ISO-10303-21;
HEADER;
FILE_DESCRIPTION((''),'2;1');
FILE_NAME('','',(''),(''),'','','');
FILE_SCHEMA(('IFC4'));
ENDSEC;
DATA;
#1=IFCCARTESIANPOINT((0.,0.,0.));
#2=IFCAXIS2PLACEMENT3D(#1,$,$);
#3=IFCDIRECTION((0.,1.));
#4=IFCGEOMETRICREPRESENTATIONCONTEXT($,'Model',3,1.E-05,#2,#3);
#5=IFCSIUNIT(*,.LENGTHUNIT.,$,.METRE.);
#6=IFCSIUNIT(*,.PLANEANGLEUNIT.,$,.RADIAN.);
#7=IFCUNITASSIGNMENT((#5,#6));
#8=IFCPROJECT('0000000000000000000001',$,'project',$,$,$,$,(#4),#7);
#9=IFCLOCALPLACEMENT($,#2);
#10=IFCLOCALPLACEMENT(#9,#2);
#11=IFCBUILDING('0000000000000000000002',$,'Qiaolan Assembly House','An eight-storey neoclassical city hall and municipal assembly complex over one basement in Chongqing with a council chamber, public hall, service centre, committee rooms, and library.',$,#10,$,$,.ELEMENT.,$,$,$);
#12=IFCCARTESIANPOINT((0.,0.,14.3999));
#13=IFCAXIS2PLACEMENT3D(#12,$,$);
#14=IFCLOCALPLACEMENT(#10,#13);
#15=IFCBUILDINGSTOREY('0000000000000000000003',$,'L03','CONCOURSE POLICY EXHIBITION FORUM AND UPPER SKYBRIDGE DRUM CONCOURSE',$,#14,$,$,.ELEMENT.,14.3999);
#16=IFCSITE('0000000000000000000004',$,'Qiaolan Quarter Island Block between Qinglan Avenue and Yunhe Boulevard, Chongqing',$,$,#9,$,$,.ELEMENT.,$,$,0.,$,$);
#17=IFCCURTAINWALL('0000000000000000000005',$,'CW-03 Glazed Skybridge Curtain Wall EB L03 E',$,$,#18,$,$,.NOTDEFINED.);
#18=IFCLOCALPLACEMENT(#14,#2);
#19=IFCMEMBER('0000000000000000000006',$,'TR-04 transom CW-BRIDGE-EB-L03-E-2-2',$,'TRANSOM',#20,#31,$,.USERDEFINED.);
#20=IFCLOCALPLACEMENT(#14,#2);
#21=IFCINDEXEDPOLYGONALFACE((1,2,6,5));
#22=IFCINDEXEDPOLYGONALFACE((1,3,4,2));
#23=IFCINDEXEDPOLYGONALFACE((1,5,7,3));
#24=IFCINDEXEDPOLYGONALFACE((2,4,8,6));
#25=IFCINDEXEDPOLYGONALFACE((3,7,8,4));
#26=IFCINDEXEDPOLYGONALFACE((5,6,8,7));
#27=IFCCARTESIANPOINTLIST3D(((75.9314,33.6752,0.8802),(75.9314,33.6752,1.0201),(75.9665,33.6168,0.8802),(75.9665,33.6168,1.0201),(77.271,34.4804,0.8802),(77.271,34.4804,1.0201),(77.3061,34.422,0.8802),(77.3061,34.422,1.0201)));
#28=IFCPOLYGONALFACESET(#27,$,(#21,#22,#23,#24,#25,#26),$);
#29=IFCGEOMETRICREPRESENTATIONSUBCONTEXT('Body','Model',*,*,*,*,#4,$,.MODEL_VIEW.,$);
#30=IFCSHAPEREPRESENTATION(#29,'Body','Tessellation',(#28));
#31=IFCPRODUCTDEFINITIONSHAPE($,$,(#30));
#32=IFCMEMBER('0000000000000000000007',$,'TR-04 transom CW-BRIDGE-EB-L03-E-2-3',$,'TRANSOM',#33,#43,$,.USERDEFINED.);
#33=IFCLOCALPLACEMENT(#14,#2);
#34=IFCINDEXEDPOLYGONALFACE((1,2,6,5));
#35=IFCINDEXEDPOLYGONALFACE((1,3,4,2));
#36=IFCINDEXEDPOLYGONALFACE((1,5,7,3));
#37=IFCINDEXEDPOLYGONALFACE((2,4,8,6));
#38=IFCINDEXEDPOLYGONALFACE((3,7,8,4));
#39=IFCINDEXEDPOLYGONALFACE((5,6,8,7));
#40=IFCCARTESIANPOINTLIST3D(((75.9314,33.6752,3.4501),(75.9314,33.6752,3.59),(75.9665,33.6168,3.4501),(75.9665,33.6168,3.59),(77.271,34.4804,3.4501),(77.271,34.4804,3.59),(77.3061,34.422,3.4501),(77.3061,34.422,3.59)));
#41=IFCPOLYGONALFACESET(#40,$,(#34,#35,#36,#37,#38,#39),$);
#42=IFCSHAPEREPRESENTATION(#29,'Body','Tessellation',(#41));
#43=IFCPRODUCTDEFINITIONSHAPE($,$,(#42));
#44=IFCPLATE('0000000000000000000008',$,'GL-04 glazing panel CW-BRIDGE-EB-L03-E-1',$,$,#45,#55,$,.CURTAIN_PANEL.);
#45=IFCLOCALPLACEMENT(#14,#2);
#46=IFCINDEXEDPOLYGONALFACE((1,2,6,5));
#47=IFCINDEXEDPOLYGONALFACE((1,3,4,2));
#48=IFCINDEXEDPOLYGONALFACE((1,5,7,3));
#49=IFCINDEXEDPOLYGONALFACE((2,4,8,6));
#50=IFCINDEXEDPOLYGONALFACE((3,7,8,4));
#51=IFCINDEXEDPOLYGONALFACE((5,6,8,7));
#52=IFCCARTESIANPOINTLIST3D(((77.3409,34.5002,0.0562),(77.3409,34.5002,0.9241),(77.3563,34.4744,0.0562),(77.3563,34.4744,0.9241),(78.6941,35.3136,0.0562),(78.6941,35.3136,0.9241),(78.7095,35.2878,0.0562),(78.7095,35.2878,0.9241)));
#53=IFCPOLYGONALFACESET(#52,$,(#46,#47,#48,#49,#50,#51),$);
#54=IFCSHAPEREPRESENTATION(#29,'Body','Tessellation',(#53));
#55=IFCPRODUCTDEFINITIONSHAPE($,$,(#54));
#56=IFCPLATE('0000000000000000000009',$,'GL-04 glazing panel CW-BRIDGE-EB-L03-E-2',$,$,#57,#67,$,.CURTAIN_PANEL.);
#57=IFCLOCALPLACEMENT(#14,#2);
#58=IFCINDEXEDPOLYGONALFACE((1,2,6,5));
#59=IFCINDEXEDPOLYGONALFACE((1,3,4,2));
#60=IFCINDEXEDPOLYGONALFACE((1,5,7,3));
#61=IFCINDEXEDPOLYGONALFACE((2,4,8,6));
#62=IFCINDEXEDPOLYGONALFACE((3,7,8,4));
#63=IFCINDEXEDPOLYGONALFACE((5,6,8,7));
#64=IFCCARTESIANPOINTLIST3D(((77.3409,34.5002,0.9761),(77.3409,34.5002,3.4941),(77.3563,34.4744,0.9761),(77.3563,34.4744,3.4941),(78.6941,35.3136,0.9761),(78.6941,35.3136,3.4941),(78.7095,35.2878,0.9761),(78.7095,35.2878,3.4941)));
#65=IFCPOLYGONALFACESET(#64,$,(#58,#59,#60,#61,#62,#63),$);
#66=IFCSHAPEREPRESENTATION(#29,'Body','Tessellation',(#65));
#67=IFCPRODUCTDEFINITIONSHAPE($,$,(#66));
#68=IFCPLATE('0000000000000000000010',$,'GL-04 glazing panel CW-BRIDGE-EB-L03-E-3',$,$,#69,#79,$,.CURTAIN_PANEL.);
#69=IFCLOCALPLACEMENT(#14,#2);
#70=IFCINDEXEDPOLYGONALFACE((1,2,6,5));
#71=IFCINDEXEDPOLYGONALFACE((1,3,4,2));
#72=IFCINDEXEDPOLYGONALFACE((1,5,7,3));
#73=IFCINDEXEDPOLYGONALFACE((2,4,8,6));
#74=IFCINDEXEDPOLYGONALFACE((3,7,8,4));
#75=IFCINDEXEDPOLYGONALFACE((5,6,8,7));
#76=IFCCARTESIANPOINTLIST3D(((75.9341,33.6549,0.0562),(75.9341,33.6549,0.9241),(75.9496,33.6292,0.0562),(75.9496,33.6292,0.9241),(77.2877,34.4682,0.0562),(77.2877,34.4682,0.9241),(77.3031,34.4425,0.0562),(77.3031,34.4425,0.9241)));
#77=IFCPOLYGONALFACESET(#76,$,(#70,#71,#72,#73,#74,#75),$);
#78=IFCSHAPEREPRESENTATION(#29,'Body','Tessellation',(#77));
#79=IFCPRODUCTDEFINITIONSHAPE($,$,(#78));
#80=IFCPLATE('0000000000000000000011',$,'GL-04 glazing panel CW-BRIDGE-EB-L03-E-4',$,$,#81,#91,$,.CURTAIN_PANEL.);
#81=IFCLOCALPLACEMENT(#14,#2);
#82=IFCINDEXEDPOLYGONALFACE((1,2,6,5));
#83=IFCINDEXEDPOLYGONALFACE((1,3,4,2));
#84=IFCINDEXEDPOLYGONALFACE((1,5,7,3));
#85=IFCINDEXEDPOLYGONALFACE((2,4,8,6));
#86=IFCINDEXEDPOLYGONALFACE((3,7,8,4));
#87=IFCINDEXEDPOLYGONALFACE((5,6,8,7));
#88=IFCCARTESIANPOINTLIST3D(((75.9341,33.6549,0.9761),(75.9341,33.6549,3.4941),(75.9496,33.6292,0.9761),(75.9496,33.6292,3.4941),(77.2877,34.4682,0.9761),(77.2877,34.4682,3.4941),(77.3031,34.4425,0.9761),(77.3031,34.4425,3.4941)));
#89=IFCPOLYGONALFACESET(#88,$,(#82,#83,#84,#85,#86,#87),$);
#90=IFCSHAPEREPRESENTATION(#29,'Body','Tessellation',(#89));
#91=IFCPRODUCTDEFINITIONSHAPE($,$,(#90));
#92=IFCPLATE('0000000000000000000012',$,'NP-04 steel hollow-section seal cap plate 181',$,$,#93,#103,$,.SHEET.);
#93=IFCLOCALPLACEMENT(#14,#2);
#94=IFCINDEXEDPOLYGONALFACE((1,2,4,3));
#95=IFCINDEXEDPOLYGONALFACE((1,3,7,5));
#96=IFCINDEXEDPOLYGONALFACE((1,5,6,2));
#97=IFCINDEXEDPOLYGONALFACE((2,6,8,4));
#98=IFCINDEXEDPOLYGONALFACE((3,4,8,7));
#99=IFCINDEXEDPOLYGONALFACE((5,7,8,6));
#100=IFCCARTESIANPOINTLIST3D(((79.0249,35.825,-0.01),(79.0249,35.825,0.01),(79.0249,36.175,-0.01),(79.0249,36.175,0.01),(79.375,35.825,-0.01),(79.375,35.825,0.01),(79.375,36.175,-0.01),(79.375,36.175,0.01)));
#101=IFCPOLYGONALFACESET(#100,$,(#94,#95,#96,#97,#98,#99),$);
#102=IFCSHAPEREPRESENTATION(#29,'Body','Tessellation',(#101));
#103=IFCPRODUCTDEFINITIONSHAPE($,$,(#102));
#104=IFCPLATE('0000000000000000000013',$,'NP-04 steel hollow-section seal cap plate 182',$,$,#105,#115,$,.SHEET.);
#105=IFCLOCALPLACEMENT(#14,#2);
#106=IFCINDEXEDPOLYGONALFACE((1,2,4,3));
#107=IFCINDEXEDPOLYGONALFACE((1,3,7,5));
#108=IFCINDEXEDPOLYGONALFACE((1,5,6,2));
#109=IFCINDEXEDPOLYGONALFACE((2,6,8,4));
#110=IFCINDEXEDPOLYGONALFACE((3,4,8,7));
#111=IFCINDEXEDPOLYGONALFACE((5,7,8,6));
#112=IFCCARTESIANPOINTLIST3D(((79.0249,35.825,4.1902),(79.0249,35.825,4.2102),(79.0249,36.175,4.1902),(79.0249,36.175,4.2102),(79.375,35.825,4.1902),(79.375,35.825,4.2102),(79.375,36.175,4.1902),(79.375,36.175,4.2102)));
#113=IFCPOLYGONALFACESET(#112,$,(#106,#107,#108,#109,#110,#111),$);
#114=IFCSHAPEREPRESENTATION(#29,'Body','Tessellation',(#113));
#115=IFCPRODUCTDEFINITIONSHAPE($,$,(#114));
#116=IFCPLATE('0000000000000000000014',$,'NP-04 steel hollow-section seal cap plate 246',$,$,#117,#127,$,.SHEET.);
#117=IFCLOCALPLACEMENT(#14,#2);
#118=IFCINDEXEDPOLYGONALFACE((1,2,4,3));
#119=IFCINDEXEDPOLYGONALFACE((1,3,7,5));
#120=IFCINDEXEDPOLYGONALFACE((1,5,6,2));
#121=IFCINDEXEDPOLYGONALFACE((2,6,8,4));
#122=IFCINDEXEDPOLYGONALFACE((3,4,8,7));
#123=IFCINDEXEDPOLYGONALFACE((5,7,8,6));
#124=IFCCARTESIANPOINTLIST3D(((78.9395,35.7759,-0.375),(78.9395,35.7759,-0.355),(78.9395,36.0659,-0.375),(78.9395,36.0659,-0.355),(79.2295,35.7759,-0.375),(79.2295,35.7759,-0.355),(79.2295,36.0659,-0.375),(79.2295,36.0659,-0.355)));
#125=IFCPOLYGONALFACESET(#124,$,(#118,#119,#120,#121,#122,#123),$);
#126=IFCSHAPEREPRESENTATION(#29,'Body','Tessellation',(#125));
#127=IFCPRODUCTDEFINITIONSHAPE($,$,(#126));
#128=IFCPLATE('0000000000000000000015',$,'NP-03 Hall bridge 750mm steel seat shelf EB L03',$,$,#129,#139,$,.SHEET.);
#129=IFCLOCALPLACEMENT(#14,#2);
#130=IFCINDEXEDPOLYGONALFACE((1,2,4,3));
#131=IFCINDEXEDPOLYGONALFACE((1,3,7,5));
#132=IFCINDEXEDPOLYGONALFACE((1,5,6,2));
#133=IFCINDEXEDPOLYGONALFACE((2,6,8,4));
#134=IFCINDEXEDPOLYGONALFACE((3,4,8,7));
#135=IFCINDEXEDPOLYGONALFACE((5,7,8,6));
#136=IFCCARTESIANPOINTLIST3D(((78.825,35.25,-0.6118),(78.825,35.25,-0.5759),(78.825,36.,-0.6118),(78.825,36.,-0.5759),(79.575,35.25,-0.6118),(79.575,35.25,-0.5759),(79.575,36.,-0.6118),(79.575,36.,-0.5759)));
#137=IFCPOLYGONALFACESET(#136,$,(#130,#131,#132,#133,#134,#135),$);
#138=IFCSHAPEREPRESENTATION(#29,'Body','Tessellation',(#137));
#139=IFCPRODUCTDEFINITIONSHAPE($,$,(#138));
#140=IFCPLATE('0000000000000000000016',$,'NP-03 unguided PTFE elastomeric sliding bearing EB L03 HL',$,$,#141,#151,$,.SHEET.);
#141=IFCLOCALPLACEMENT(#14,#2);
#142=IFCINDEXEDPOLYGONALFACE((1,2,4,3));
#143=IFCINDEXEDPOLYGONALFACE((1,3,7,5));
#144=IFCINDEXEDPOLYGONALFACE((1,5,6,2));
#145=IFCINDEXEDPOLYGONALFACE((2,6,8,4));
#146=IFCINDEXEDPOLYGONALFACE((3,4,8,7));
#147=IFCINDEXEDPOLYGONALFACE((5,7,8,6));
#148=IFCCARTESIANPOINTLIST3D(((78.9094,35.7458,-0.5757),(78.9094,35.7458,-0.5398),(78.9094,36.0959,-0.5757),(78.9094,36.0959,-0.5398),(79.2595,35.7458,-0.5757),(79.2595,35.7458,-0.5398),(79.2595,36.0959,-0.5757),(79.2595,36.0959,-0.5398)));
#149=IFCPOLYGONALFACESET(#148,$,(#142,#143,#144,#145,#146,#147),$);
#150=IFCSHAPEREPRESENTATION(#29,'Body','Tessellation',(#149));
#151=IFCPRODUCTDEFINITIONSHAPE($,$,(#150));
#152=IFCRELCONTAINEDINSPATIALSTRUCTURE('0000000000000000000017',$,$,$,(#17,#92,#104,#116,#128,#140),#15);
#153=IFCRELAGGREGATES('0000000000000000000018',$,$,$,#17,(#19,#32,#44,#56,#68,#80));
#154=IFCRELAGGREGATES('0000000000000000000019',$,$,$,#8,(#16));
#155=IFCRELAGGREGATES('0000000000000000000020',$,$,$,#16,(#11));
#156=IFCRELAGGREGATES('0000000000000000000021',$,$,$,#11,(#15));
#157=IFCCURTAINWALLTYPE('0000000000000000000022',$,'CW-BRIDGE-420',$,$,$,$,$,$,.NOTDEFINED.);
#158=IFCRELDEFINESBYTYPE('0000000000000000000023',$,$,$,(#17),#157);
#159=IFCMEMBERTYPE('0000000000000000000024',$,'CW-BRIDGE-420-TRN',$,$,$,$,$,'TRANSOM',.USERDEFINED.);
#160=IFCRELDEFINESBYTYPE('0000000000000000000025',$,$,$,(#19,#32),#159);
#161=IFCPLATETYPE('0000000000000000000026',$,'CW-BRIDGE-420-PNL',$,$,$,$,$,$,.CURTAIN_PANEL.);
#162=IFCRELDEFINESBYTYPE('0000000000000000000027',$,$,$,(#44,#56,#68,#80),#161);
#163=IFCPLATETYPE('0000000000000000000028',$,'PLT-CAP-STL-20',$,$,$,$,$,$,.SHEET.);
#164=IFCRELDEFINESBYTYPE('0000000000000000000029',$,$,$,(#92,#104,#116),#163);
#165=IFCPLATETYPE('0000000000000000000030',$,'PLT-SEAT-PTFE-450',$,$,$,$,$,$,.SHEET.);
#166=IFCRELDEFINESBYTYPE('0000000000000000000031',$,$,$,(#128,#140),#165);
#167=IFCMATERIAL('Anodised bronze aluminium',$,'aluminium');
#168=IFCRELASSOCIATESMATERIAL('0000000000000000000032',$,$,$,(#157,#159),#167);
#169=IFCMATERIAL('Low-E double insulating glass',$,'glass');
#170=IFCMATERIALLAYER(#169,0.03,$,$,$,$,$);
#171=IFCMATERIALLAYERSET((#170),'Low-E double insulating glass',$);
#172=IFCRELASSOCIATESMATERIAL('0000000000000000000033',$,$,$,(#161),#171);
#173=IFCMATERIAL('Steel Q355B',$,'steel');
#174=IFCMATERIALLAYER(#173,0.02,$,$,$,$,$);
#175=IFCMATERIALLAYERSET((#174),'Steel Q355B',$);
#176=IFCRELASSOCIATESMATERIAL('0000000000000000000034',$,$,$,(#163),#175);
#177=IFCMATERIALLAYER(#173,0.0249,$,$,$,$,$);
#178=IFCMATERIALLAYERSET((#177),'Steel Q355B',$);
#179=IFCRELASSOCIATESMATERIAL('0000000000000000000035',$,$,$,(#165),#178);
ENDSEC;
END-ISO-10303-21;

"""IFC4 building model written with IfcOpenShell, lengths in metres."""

from ifc_helpers import new_model, si_unit, direction, frame, frame_2d, origin, origin_2d, place, context, subcontext, project, spatial, rectangle, extrude, material, layer, layer_set, material_profile, profile_set, type_object, element, aggregate, save


model = new_model("IFC4")

# Units and contexts
model_context = context("Model", 3, precision=1e-05, world=origin(), true_north=direction((0.0, 1.0)))
body_context = subcontext(model_context, "Body", "Model", "MODEL_VIEW")
ifc_project = project(units=[si_unit("LENGTHUNIT", "METRE"), si_unit("PLANEANGLEUNIT", "RADIAN")], contexts=[model_context])

# Site, building, storey
site_placement = place(None, origin())
site = spatial("IfcSite", under=ifc_project, at=site_placement, Name="Qiaolan Quarter Island Block between Qinglan Avenue and Yunhe Boulevard, Chongqing", CompositionType="ELEMENT", RefElevation=0.0)
building_placement = place(site_placement, origin())
building = spatial("IfcBuilding", under=site, at=building_placement, Name="Qiaolan Assembly House", Description="An eight-storey neoclassical city hall and municipal assembly complex over one basement in Chongqing with a council chamber, public hall, service centre, committee rooms, and library.", CompositionType="ELEMENT")
storey_placement = place(building_placement, frame((0.0, 0.0, 14.3999)))
storey = spatial("IfcBuildingStorey", under=building, at=storey_placement, Name="L03", Description="CONCOURSE POLICY EXHIBITION FORUM AND UPPER SKYBRIDGE DRUM CONCOURSE", CompositionType="ELEMENT", Elevation=14.3999)

# Shared definitions
ifc_material_1 = material(Name="Steel Q355B", Category="steel")

# Curtain wall, members, plates
ifc_material_2 = material(Name="Anodised bronze aluminium", Category="aluminium")
curtain_wall_type = type_object("IfcCurtainWallType", Name="CW-BRIDGE-420", PredefinedType="NOTDEFINED", material=ifc_material_2)
curtain_wall_placement = place(storey_placement, origin())
curtain_wall = element("IfcCurtainWall", 1, at=curtain_wall_placement, inside=storey, type_object=curtain_wall_type, Name="CW-03 Glazed Skybridge Curtain Wall EB L03 E", PredefinedType="NOTDEFINED")
ifc_material_profile_1 = material_profile(ifc_material_2, rectangle(XDim=0.0681, YDim=0.1399, at=origin_2d()), Name="TRN 68x140")
ifc_profile_set_1 = profile_set([ifc_material_profile_1], Name="Anodised bronze aluminium")
member_type_1 = type_object("IfcMemberType", Name="CW-BRIDGE-420-TRN", ElementType="TRANSOM", PredefinedType="USERDEFINED", material=ifc_profile_set_1)
member_1_placement = place(storey_placement, frame((77.2886, 34.4512, 0.9502), z_axis=(-0.857093, -0.515162, 0.0), x_axis=(0.515162, -0.857093, 0.0)))
member_1 = element("IfcMember", 2, at=member_1_placement, type_object=member_type_1, Name="TR-04 transom CW-BRIDGE-EB-L03-E-2-2", ObjectType="TRANSOM", PredefinedType="USERDEFINED", context=body_context, shape_type="SweptSolid", body=[
    extrude(rectangle(XDim=0.0681, YDim=0.1399, at=origin_2d()), origin(), (0.0, 0.0, 1.0), 1.563),
])
member_2_placement = place(storey_placement, frame((77.2886, 34.4512, 3.52), z_axis=(-0.857093, -0.515162, 0.0), x_axis=(0.515162, -0.857093, 0.0)))
member_2 = element("IfcMember", 3, at=member_2_placement, type_object=member_type_1, Name="TR-04 transom CW-BRIDGE-EB-L03-E-2-3", ObjectType="TRANSOM", PredefinedType="USERDEFINED", context=body_context, shape_type="SweptSolid", body=[
    extrude(rectangle(XDim=0.0681, YDim=0.1399, at=origin_2d()), origin(), (0.0, 0.0, 1.0), 1.563),
])
ifc_material_3 = material(Name="Low-E double insulating glass", Category="glass")
ifc_layer_1 = layer(ifc_material_3, 0.03)
ifc_layer_set_1 = layer_set([ifc_layer_1], Name="Low-E double insulating glass")
plate_type_1 = type_object("IfcPlateType", Name="CW-BRIDGE-420-PNL", PredefinedType="CURTAIN_PANEL", material=ifc_layer_set_1)
plate_1_placement = place(storey_placement, frame((78.7019, 35.3008, 0.0562), z_axis=(0.0, 0.0, 1.0), x_axis=(-0.85707, -0.5152, 0.0)))
plate_1 = element("IfcPlate", 4, at=plate_1_placement, type_object=plate_type_1, Name="GL-04 glazing panel CW-BRIDGE-EB-L03-E-1", PredefinedType="CURTAIN_PANEL", context=body_context, shape_type="SweptSolid", body=[
    extrude(rectangle(XDim=1.5789, YDim=0.03, at=frame_2d((0.7896, 0.0))), origin(), (0.0, 0.0, 1.0), 0.8679),
])
plate_2_placement = place(storey_placement, frame((78.7019, 35.3008, 0.9761), z_axis=(0.0, 0.0, 1.0), x_axis=(-0.85707, -0.5152, 0.0)))
plate_2 = element("IfcPlate", 5, at=plate_2_placement, type_object=plate_type_1, Name="GL-04 glazing panel CW-BRIDGE-EB-L03-E-2", PredefinedType="CURTAIN_PANEL", context=body_context, shape_type="SweptSolid", body=[
    extrude(rectangle(XDim=1.5789, YDim=0.03, at=frame_2d((0.7896, 0.0))), origin(), (0.0, 0.0, 1.0), 2.5181),
])
plate_3_placement = place(storey_placement, frame((77.2954, 34.4553, 0.0562), z_axis=(0.0, 0.0, 1.0), x_axis=(-0.857179, -0.515019, 0.0)))
plate_3 = element("IfcPlate", 6, at=plate_3_placement, type_object=plate_type_1, Name="GL-04 glazing panel CW-BRIDGE-EB-L03-E-3", PredefinedType="CURTAIN_PANEL", context=body_context, shape_type="SweptSolid", body=[
    extrude(rectangle(XDim=1.5791, YDim=0.03, at=frame_2d((0.7896, 0.0))), origin(), (0.0, 0.0, 1.0), 0.8679),
])
plate_4_placement = place(storey_placement, frame((77.2954, 34.4553, 0.9761), z_axis=(0.0, 0.0, 1.0), x_axis=(-0.857179, -0.515019, 0.0)))
plate_4 = element("IfcPlate", 7, at=plate_4_placement, type_object=plate_type_1, Name="GL-04 glazing panel CW-BRIDGE-EB-L03-E-4", PredefinedType="CURTAIN_PANEL", context=body_context, shape_type="SweptSolid", body=[
    extrude(rectangle(XDim=1.5791, YDim=0.03, at=frame_2d((0.7896, 0.0))), origin(), (0.0, 0.0, 1.0), 2.5181),
])
aggregate(curtain_wall, [member_1, member_2, plate_1, plate_2, plate_3, plate_4])

# Plates
ifc_layer_2 = layer(ifc_material_1, 0.02)
ifc_layer_set_2 = layer_set([ifc_layer_2], Name="Steel Q355B")
plate_type_2 = type_object("IfcPlateType", Name="PLT-CAP-STL-20", PredefinedType="SHEET", material=ifc_layer_set_2)
for number, where, z_axis, x_axis, name in (
    (8, (79.2, 36.0, -0.01), (0.0, 0.0, 1.0), (1.0, 0.0, 0.0), "NP-04 steel hollow-section seal cap plate 181"),
    (9, (79.2, 36.0, 4.1902), (0.0, 0.0, 1.0), (1.0, 0.0, 0.0), "NP-04 steel hollow-section seal cap plate 182"),
):
    element("IfcPlate", number, at=place(storey_placement, frame(where, z_axis=z_axis, x_axis=x_axis)), inside=storey, type_object=plate_type_2, Name=name, PredefinedType="SHEET", context=body_context, shape_type="SweptSolid", body=[
        extrude(rectangle(XDim=0.3501, YDim=0.3501, at=origin_2d()), origin(), (0.0, 0.0, 1.0), 0.02),
    ])
plate_5_placement = place(storey_placement, frame((79.0845, 35.9209, -0.375), z_axis=(0.0, 0.0, 1.0), x_axis=(1.0, 0.0, 0.0)))
element("IfcPlate", 10, at=plate_5_placement, inside=storey, type_object=plate_type_2, Name="NP-04 steel hollow-section seal cap plate 246", PredefinedType="SHEET", context=body_context, shape_type="SweptSolid", body=[
    extrude(rectangle(XDim=0.29, YDim=0.29, at=origin_2d()), origin(), (0.0, 0.0, 1.0), 0.02),
])
ifc_layer_3 = layer(ifc_material_1, 0.0249)
ifc_layer_set_3 = layer_set([ifc_layer_3], Name="Steel Q355B")
plate_type_3 = type_object("IfcPlateType", Name="PLT-SEAT-PTFE-450", PredefinedType="SHEET", material=ifc_layer_set_3)
plate_6_placement = place(storey_placement, frame((79.2, 35.625, -0.6118), z_axis=(0.0, 0.0, 1.0), x_axis=(1.0, 0.0, 0.0)))
element("IfcPlate", 11, at=plate_6_placement, inside=storey, type_object=plate_type_3, Name="NP-03 Hall bridge 750mm steel seat shelf EB L03", PredefinedType="SHEET", context=body_context, shape_type="SweptSolid", body=[
    extrude(rectangle(XDim=0.75, YDim=0.75, at=origin_2d()), origin(), (0.0, 0.0, 1.0), 0.0359),
])
plate_7_placement = place(storey_placement, frame((79.0845, 35.9209, -0.5757), z_axis=(0.0, 0.0, 1.0), x_axis=(1.0, 0.0, 0.0)))
element("IfcPlate", 12, at=plate_7_placement, inside=storey, type_object=plate_type_3, Name="NP-03 unguided PTFE elastomeric sliding bearing EB L03 HL", PredefinedType="SHEET", context=body_context, shape_type="SweptSolid", body=[
    extrude(rectangle(XDim=0.3501, YDim=0.3501, at=origin_2d()), origin(), (0.0, 0.0, 1.0), 0.0359),
])

save(model, "model.ifc")
